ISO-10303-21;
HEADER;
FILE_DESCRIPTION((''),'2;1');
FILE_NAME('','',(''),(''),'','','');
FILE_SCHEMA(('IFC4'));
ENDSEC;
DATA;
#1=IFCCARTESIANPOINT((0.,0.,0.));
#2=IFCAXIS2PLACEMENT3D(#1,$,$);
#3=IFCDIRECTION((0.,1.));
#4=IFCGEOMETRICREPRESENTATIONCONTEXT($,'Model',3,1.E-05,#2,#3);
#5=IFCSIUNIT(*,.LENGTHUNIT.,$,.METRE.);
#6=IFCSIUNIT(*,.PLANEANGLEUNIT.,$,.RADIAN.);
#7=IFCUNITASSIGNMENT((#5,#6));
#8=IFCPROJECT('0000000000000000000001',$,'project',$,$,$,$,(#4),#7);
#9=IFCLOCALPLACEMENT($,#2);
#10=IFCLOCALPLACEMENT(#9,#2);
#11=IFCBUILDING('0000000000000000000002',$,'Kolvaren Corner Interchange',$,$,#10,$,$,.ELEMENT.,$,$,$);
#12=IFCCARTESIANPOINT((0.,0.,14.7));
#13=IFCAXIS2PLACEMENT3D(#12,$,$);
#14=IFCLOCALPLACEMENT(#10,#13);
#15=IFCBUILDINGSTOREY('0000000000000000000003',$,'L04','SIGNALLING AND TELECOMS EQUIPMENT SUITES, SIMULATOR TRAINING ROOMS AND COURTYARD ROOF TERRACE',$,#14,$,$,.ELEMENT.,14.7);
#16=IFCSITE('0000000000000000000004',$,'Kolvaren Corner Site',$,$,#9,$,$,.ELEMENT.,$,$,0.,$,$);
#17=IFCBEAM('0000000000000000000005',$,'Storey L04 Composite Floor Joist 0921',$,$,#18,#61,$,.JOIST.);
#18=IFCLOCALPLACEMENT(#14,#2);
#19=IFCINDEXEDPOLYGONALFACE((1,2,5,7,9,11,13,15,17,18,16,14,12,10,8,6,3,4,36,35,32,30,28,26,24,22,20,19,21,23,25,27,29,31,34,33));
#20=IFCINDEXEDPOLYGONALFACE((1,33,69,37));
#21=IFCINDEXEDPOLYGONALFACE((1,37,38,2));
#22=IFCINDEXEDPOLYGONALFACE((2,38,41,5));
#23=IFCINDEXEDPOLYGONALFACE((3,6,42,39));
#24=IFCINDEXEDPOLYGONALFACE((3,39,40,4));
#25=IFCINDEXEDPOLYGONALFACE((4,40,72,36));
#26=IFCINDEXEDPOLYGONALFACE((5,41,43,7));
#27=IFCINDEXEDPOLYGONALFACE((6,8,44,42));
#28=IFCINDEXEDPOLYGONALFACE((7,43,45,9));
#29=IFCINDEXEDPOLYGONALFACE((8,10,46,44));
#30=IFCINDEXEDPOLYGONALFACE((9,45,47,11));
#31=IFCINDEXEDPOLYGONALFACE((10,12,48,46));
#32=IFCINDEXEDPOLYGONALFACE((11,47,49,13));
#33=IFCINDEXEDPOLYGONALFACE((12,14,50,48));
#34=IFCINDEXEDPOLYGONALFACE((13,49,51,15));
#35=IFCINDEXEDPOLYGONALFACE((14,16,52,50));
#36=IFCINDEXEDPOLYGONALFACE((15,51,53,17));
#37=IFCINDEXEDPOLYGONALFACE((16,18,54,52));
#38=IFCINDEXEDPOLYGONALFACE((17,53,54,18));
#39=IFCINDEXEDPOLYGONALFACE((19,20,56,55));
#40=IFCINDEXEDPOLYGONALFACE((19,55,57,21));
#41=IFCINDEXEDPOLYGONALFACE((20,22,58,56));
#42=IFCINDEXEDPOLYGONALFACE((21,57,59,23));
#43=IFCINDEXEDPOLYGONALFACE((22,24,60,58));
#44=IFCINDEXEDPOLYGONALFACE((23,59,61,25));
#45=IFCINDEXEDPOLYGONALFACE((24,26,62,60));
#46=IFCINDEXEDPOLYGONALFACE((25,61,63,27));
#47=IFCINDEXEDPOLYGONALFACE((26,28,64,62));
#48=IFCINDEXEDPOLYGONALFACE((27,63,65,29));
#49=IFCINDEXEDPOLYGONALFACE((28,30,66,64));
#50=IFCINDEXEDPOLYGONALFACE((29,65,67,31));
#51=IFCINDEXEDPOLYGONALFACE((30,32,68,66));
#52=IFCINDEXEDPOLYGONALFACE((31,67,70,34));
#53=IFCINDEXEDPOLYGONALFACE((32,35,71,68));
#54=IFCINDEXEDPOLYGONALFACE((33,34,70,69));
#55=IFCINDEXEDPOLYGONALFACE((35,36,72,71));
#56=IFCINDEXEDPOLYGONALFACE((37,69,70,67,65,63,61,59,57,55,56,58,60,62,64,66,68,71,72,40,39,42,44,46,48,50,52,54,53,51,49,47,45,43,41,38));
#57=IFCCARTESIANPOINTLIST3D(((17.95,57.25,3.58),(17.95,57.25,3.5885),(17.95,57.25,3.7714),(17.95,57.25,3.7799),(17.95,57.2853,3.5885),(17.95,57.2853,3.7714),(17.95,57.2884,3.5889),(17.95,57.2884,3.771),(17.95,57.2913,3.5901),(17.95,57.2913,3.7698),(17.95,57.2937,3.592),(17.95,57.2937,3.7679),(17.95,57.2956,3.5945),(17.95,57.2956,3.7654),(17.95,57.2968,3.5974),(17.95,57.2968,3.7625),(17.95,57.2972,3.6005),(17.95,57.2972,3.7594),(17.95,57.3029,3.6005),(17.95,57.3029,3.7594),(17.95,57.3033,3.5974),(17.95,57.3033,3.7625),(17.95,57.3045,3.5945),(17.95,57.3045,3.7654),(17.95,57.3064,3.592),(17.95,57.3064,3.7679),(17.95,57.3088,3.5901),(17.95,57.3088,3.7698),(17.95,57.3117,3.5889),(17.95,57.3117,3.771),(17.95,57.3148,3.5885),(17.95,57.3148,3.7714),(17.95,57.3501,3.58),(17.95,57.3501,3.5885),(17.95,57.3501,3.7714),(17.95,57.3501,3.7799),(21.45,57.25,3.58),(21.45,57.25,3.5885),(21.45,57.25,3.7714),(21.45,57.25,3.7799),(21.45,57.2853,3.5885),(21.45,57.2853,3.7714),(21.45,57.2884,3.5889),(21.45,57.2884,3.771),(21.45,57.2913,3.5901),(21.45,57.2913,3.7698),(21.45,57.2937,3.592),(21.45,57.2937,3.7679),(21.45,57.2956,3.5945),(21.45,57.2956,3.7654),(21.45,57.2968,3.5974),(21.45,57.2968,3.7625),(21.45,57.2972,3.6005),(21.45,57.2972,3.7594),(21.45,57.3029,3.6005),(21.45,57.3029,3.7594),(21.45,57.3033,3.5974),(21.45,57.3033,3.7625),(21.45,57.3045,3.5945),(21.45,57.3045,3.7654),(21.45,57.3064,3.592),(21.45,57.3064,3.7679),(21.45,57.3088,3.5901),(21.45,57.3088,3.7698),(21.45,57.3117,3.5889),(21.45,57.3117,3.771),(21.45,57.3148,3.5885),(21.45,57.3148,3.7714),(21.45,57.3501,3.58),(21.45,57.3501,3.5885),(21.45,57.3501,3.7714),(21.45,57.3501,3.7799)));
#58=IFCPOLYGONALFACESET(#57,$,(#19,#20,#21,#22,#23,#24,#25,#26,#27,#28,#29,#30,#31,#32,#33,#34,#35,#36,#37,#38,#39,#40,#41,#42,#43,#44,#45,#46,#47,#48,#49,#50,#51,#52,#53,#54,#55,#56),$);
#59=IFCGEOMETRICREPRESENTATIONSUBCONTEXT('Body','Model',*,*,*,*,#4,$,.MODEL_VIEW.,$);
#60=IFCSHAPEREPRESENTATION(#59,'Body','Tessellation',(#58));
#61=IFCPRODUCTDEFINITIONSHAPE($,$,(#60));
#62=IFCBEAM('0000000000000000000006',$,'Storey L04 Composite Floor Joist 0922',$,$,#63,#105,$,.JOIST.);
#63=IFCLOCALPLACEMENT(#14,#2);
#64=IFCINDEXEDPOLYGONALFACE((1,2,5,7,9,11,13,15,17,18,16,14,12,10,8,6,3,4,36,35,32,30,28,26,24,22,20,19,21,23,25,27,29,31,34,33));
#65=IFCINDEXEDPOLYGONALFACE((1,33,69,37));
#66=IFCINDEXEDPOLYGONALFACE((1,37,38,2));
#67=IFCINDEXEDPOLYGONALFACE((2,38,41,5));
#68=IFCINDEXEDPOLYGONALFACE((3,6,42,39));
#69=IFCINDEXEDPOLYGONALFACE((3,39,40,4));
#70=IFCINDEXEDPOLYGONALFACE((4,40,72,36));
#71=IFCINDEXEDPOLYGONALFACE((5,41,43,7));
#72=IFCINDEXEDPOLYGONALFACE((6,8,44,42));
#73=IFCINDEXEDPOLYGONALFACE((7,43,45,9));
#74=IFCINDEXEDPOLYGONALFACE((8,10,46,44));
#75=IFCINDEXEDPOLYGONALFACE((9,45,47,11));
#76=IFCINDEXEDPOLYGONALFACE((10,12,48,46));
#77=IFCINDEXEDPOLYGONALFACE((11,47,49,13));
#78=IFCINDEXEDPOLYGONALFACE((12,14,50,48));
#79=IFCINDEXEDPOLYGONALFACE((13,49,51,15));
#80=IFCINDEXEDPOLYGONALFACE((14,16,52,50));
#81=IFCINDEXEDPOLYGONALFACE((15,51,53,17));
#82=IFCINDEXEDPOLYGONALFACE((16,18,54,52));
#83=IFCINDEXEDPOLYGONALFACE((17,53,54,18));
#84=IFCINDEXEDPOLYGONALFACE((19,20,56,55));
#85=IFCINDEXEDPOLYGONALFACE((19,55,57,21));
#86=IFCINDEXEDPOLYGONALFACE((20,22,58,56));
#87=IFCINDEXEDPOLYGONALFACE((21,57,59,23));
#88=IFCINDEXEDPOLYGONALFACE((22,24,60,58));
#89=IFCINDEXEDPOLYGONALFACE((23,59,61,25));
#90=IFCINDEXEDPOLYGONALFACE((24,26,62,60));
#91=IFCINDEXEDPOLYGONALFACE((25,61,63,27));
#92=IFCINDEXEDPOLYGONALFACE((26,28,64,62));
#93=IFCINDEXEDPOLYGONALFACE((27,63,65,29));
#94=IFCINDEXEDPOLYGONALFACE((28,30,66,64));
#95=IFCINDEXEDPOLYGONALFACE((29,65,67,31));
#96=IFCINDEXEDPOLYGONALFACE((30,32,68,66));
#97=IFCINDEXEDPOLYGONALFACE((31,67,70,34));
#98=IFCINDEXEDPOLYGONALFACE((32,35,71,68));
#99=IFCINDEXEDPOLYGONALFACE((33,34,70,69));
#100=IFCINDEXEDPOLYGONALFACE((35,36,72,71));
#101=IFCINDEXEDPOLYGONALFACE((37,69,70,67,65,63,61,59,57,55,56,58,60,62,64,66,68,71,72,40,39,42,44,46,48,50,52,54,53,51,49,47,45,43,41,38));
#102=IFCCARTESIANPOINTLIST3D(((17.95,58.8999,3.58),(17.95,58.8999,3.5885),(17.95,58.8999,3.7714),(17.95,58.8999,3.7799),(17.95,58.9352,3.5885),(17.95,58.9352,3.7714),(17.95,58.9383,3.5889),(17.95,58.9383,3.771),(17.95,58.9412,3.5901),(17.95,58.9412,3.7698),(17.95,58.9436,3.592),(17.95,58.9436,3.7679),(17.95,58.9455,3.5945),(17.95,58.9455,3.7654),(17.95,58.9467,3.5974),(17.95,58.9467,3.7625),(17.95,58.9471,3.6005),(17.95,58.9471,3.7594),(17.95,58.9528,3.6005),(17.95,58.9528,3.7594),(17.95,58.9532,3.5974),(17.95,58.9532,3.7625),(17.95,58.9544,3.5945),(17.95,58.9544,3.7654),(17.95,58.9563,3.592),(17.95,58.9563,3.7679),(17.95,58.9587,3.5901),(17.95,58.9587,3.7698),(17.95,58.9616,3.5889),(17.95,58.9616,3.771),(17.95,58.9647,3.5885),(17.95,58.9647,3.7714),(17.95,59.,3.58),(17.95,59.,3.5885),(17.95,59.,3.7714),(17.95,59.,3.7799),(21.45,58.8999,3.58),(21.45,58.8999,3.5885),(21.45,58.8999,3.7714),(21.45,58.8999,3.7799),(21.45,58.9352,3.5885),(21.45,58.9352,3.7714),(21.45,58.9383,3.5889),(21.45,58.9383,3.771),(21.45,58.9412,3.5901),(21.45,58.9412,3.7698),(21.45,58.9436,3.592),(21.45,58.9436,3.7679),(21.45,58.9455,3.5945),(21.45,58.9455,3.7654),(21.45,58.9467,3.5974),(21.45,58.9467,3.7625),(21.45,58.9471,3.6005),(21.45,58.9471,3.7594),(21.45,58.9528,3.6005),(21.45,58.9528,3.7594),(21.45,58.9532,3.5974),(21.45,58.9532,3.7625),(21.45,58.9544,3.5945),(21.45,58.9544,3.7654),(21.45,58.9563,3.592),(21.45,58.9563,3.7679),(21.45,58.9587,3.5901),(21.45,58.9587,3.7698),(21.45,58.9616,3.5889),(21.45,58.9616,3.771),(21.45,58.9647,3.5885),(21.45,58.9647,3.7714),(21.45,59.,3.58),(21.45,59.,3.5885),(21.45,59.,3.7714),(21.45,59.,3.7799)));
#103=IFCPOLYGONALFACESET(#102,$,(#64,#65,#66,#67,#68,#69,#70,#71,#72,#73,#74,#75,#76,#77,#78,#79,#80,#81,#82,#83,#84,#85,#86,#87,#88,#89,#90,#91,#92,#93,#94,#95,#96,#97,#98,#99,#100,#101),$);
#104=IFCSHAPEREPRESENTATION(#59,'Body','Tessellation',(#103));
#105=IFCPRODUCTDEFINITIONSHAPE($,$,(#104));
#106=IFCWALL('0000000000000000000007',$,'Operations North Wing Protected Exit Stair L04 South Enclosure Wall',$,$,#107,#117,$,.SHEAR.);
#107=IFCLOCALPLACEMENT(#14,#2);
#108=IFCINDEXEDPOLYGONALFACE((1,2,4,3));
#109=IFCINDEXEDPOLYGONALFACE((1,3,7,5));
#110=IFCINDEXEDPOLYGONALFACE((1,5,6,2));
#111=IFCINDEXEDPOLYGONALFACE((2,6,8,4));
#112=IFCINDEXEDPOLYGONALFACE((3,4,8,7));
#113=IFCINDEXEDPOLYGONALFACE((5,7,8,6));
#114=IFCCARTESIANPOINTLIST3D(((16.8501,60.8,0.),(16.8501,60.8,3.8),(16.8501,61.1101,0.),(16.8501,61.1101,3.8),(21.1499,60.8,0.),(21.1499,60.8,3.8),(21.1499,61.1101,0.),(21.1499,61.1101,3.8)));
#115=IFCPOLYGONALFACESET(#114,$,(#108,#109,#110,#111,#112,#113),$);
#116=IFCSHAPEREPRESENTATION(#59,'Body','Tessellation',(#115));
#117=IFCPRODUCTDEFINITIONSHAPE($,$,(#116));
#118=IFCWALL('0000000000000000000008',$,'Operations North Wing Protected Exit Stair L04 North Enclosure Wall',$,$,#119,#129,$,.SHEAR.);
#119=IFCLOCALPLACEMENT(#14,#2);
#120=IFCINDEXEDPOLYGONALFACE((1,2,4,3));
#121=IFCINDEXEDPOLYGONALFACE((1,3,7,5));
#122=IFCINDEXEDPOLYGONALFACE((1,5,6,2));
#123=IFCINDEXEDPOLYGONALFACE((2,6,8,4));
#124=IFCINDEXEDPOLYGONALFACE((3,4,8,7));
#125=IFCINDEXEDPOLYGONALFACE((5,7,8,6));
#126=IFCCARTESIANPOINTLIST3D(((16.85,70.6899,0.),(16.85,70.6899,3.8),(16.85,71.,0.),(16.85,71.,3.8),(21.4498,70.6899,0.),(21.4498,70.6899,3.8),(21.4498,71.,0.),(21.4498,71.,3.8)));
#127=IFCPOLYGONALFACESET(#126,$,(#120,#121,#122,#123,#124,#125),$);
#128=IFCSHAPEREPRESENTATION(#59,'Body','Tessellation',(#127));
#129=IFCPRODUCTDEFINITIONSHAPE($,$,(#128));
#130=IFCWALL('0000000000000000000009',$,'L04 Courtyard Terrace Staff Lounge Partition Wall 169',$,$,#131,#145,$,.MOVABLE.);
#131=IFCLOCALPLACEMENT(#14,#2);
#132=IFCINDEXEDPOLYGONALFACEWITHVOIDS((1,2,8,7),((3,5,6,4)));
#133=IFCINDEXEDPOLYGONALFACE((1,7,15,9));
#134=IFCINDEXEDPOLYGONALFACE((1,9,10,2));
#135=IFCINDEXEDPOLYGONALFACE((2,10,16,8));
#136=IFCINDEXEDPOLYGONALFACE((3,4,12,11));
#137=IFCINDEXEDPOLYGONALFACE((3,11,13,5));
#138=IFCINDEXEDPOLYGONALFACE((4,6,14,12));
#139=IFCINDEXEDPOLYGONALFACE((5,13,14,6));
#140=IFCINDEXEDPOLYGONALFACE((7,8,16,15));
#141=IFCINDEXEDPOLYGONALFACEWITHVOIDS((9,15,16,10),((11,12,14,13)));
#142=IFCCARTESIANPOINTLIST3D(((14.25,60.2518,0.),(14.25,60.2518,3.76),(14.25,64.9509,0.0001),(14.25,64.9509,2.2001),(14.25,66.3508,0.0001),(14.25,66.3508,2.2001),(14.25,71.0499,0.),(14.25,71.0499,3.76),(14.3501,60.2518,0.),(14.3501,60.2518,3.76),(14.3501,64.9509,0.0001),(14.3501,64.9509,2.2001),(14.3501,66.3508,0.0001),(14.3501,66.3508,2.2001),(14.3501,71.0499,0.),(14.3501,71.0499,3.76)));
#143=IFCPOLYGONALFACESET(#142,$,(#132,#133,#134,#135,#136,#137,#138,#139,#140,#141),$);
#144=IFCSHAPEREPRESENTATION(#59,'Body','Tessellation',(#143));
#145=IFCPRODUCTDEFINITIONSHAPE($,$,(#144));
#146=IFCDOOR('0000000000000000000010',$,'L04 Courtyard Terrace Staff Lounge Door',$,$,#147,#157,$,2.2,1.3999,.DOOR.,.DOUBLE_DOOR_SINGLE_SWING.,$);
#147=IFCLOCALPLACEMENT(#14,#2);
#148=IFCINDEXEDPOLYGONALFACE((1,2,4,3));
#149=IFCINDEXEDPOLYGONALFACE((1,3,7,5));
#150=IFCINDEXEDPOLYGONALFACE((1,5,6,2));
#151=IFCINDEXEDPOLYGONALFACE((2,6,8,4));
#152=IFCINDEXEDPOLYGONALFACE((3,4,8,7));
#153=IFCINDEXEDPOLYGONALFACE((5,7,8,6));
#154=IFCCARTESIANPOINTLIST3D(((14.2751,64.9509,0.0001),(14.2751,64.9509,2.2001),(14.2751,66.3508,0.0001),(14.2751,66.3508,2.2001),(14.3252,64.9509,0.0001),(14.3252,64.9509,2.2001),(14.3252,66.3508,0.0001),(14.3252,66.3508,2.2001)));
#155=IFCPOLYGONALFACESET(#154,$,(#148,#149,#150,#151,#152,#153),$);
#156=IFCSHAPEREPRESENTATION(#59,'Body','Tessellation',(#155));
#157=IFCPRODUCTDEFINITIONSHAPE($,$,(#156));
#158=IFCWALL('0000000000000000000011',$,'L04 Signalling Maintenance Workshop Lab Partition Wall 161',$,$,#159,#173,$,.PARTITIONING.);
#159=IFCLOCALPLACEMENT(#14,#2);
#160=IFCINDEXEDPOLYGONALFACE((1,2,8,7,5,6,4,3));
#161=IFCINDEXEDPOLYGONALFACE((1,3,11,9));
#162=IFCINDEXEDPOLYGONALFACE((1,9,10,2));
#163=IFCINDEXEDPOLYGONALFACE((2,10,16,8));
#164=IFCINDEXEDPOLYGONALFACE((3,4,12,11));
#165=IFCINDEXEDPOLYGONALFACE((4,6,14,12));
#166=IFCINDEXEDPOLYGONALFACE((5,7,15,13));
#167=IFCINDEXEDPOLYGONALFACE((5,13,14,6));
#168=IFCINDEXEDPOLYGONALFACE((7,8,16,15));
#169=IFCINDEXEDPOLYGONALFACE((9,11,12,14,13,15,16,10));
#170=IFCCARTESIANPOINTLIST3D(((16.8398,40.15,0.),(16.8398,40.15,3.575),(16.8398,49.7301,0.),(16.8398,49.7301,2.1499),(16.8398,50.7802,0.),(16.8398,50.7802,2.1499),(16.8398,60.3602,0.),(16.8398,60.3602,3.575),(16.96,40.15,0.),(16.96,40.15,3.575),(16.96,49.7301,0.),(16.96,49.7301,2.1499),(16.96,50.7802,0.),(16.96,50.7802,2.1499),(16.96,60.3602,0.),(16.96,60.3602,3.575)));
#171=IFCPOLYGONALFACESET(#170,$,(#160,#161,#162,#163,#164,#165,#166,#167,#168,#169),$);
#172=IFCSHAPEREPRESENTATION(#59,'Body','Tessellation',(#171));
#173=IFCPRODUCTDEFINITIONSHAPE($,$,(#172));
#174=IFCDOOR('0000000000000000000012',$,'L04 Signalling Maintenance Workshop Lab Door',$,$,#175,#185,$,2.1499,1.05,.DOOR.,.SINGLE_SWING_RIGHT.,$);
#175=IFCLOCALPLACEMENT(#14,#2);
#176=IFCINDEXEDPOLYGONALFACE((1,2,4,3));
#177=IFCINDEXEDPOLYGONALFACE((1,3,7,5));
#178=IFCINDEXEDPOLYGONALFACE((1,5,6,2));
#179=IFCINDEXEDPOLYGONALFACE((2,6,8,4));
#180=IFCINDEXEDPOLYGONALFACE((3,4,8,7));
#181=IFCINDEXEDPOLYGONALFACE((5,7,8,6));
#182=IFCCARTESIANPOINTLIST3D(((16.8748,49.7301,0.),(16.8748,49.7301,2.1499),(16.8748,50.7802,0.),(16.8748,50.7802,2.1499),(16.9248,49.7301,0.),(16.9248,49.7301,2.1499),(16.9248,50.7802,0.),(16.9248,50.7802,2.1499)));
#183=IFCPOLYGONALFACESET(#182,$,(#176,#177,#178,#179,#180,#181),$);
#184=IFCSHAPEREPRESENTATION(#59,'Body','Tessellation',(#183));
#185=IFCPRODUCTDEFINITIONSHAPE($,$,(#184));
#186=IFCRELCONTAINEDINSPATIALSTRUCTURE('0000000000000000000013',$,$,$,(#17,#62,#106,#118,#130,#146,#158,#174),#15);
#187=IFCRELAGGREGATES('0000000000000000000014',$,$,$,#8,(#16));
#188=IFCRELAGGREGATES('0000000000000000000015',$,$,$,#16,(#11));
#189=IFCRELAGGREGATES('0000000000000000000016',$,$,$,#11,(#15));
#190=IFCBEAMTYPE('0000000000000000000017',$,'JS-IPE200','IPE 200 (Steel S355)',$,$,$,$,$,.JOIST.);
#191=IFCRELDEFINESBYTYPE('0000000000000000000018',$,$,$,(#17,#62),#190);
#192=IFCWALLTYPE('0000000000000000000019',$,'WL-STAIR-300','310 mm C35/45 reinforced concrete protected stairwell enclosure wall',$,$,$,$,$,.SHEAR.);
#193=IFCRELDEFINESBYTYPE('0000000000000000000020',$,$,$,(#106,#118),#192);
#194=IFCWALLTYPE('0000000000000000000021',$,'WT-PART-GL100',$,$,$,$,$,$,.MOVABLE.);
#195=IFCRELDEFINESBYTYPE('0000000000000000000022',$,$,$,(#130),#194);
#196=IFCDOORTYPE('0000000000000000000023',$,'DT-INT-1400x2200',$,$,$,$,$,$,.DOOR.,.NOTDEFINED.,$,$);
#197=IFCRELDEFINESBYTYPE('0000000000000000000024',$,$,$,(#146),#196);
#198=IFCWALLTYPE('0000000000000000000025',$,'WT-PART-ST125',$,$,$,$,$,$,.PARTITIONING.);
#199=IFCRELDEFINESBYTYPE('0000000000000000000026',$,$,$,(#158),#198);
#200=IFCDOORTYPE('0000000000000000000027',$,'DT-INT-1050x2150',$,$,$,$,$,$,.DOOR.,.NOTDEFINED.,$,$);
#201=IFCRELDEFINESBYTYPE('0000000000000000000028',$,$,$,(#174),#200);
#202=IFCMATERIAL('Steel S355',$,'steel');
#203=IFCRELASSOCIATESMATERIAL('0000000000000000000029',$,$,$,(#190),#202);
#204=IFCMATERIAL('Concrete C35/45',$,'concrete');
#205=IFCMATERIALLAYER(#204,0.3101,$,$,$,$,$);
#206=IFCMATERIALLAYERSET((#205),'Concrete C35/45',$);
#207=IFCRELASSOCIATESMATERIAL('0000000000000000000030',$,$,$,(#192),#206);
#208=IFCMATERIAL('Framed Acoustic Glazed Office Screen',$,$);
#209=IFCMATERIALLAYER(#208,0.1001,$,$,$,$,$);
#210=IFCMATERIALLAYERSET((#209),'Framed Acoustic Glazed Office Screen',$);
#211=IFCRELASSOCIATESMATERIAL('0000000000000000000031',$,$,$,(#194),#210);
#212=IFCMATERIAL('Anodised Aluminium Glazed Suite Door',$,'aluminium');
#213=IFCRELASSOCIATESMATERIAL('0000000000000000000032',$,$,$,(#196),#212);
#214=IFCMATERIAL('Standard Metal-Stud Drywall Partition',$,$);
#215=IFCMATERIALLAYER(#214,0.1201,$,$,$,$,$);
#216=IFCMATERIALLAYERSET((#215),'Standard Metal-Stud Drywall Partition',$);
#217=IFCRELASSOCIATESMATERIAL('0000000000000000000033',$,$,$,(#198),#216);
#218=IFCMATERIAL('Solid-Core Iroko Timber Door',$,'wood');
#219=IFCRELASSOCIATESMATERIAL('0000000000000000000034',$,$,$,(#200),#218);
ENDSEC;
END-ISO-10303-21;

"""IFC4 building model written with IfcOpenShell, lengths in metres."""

from ifc_helpers import new_model, si_unit, direction, frame, frame_2d, origin, origin_2d, place, context, subcontext, project, spatial, rectangle, i_section, extrude, material, layer, layer_set, material_profile, profile_set, type_object, element, fill, save


model = new_model("IFC4")

# Units and contexts
model_context = context("Model", 3, precision=1e-05, world=origin(), true_north=direction((0.0, 1.0)))
body_context = subcontext(model_context, "Body", "Model", "MODEL_VIEW")
ifc_project = project(units=[si_unit("LENGTHUNIT", "METRE"), si_unit("PLANEANGLEUNIT", "RADIAN")], contexts=[model_context])

# Site, building, storey
site_placement = place(None, origin())
site = spatial("IfcSite", under=ifc_project, at=site_placement, Name="Kolvaren Corner Site", CompositionType="ELEMENT", RefElevation=0.0)
building_placement = place(site_placement, origin())
building = spatial("IfcBuilding", under=site, at=building_placement, Name="Kolvaren Corner Interchange", CompositionType="ELEMENT")
storey_placement = place(building_placement, frame((0.0, 0.0, 14.7)))
storey = spatial("IfcBuildingStorey", under=building, at=storey_placement, Name="L04", Description="SIGNALLING AND TELECOMS EQUIPMENT SUITES, SIMULATOR TRAINING ROOMS AND COURTYARD ROOF TERRACE", CompositionType="ELEMENT", Elevation=14.7)

# Beams
ifc_material_1 = material(Name="Steel S355", Category="steel")
ifc_material_profile_1 = material_profile(ifc_material_1, i_section(OverallWidth=0.1001, OverallDepth=0.2, WebThickness=0.0056, FlangeThickness=0.0085, FilletRadius=0.012, at=origin_2d()), Name="IPE 200")
ifc_profile_set_1 = profile_set([ifc_material_profile_1], Name="Steel S355")
beam_type_1 = type_object("IfcBeamType", Name="JS-IPE200", Description="IPE 200 (Steel S355)", PredefinedType="JOIST", material=ifc_profile_set_1)
for number, where, z_axis, x_axis, name in (
    (1, (17.95, 57.3, 3.6799), (1.0, 0.0, 0.0), (0.0, 1.0, 0.0), "Storey L04 Composite Floor Joist 0921"),
    (2, (17.95, 58.95, 3.6799), (1.0, 0.0, 0.0), (0.0, 1.0, 0.0), "Storey L04 Composite Floor Joist 0922"),
):
    element("IfcBeam", number, at=place(storey_placement, frame(where, z_axis=z_axis, x_axis=x_axis)), inside=storey, type_object=beam_type_1, Name=name, PredefinedType="JOIST", context=body_context, shape_type="SweptSolid", body=[
        extrude(i_section(OverallWidth=0.1001, OverallDepth=0.2, WebThickness=0.0056, FlangeThickness=0.0085, FilletRadius=0.012, at=origin_2d()), origin(), (0.0, 0.0, 1.0), 3.5),
    ])

# Walls
ifc_material_2 = material(Name="Concrete C35/45", Category="concrete")
ifc_layer_1 = layer(ifc_material_2, 0.3101)
ifc_layer_set_1 = layer_set([ifc_layer_1], Name="Concrete C35/45")
wall_type_1 = type_object("IfcWallType", Name="WL-STAIR-300", Description="310 mm C35/45 reinforced concrete protected stairwell enclosure wall", PredefinedType="SHEAR", material=ifc_layer_set_1)
wall_1_placement = place(storey_placement, frame((16.8501, 60.9551, 0.0), z_axis=(0.0, 0.0, 1.0), x_axis=(1.0, 0.0, 0.0)))
element("IfcWall", 3, at=wall_1_placement, inside=storey, type_object=wall_type_1, Name="Operations North Wing Protected Exit Stair L04 South Enclosure Wall", PredefinedType="SHEAR", context=body_context, shape_type="SweptSolid", body=[
    extrude(rectangle(XDim=4.2998, YDim=0.3101, at=frame_2d((2.1499, 0.0))), origin(), (0.0, 0.0, 1.0), 3.8),
])
wall_2_placement = place(storey_placement, frame((16.8501, 70.845, 0.0), z_axis=(0.0, 0.0, 1.0), x_axis=(1.0, 0.0, 0.0)))
element("IfcWall", 4, at=wall_2_placement, inside=storey, type_object=wall_type_1, Name="Operations North Wing Protected Exit Stair L04 North Enclosure Wall", PredefinedType="SHEAR", context=body_context, shape_type="SweptSolid", body=[
    extrude(rectangle(XDim=4.5999, YDim=0.3101, at=frame_2d((2.2998, 0.0))), origin(), (0.0, 0.0, 1.0), 3.8),
])

# Walls, openings, doors
ifc_material_3 = material(Name="Framed Acoustic Glazed Office Screen")
ifc_layer_2 = layer(ifc_material_3, 0.1001)
ifc_layer_set_2 = layer_set([ifc_layer_2], Name="Framed Acoustic Glazed Office Screen")
wall_type_2 = type_object("IfcWallType", Name="WT-PART-GL100", PredefinedType="MOVABLE", material=ifc_layer_set_2)
wall_3_placement = place(storey_placement, frame((14.3, 60.252, 0.0), z_axis=(0.0, 0.0, 1.0), x_axis=(0.0, 1.0, 0.0)))
wall_3 = element("IfcWall", 5, at=wall_3_placement, inside=storey, type_object=wall_type_2, Name="L04 Courtyard Terrace Staff Lounge Partition Wall 169", PredefinedType="MOVABLE", context=body_context, shape_type="SweptSolid", body=[
    extrude(rectangle(XDim=10.7981, YDim=0.1001, at=frame_2d((5.3989, 0.0))), origin(), (0.0, 0.0, 1.0), 3.76),
])
opening_1_placement = place(wall_3_placement, frame((4.699, 0.0, 0.0)))
opening_1 = element("IfcOpeningElement", 6, at=opening_1_placement, cuts=wall_3, PredefinedType="OPENING", context=body_context, shape_type="SweptSolid", body=[
    extrude(rectangle(XDim=1.3999, YDim=2.2, at=frame_2d((0.7, 1.1001))), frame((0.0, 0.0601, 0.0), z_axis=(0.0, -1.0, 0.0), x_axis=(1.0, 0.0, 0.0)), (0.0, 0.0, 1.0), 0.1201),
])
ifc_material_4 = material(Name="Anodised Aluminium Glazed Suite Door", Category="aluminium")
door_type_1 = type_object("IfcDoorType", Name="DT-INT-1400x2200", OperationType="NOTDEFINED", PredefinedType="DOOR", material=ifc_material_4)
door_1_placement = place(opening_1_placement, origin())
door_1 = element("IfcDoor", 7, at=door_1_placement, inside=storey, type_object=door_type_1, Name="L04 Courtyard Terrace Staff Lounge Door", OperationType="DOUBLE_DOOR_SINGLE_SWING", OverallHeight=2.2, OverallWidth=1.3999, PredefinedType="DOOR", context=body_context, shape_type="SweptSolid", body=[
    extrude(rectangle(XDim=1.3999, YDim=2.2, at=frame_2d((0.7, 1.1001))), frame((0.0, 0.0249, 0.0), z_axis=(0.0, -1.0, 0.0), x_axis=(1.0, 0.0, 0.0)), (0.0, 0.0, 1.0), 0.05),
])
fill(opening_1, door_1)
ifc_material_5 = material(Name="Standard Metal-Stud Drywall Partition")
ifc_layer_3 = layer(ifc_material_5, 0.1201)
ifc_layer_set_3 = layer_set([ifc_layer_3], Name="Standard Metal-Stud Drywall Partition")
wall_type_3 = type_object("IfcWallType", Name="WT-PART-ST125", PredefinedType="PARTITIONING", material=ifc_layer_set_3)
wall_4_placement = place(storey_placement, frame((16.8999, 60.3601, 0.0), z_axis=(0.0, 0.0, 1.0), x_axis=(0.0, -1.0, 0.0)))
wall_4 = element("IfcWall", 8, at=wall_4_placement, inside=storey, type_object=wall_type_3, Name="L04 Signalling Maintenance Workshop Lab Partition Wall 161", PredefinedType="PARTITIONING", context=body_context, shape_type="SweptSolid", body=[
    extrude(rectangle(XDim=20.2102, YDim=0.1201, at=frame_2d((10.105, 0.0))), origin(), (0.0, 0.0, 1.0), 3.575),
])
opening_2_placement = place(wall_4_placement, frame((9.5801, 0.0, 0.0)))
opening_2 = element("IfcOpeningElement", 9, at=opening_2_placement, cuts=wall_4, PredefinedType="OPENING", context=body_context, shape_type="SweptSolid", body=[
    extrude(rectangle(XDim=1.05, YDim=2.1499, at=frame_2d((0.5249, 1.075))), frame((0.0, 0.0701, 0.0), z_axis=(0.0, -1.0, 0.0), x_axis=(1.0, 0.0, 0.0)), (0.0, 0.0, 1.0), 0.1401),
])
ifc_material_6 = material(Name="Solid-Core Iroko Timber Door", Category="wood")
door_type_2 = type_object("IfcDoorType", Name="DT-INT-1050x2150", OperationType="NOTDEFINED", PredefinedType="DOOR", material=ifc_material_6)
door_2_placement = place(opening_2_placement, origin())
door_2 = element("IfcDoor", 10, at=door_2_placement, inside=storey, type_object=door_type_2, Name="L04 Signalling Maintenance Workshop Lab Door", OperationType="SINGLE_SWING_RIGHT", OverallHeight=2.1499, OverallWidth=1.05, PredefinedType="DOOR", context=body_context, shape_type="SweptSolid", body=[
    extrude(rectangle(XDim=1.05, YDim=2.1499, at=frame_2d((0.5249, 1.075))), frame((0.0, 0.0249, 0.0), z_axis=(0.0, -1.0, 0.0), x_axis=(1.0, 0.0, 0.0)), (0.0, 0.0, 1.0), 0.05),
])
fill(opening_2, door_2)

save(model, "model.ifc")
